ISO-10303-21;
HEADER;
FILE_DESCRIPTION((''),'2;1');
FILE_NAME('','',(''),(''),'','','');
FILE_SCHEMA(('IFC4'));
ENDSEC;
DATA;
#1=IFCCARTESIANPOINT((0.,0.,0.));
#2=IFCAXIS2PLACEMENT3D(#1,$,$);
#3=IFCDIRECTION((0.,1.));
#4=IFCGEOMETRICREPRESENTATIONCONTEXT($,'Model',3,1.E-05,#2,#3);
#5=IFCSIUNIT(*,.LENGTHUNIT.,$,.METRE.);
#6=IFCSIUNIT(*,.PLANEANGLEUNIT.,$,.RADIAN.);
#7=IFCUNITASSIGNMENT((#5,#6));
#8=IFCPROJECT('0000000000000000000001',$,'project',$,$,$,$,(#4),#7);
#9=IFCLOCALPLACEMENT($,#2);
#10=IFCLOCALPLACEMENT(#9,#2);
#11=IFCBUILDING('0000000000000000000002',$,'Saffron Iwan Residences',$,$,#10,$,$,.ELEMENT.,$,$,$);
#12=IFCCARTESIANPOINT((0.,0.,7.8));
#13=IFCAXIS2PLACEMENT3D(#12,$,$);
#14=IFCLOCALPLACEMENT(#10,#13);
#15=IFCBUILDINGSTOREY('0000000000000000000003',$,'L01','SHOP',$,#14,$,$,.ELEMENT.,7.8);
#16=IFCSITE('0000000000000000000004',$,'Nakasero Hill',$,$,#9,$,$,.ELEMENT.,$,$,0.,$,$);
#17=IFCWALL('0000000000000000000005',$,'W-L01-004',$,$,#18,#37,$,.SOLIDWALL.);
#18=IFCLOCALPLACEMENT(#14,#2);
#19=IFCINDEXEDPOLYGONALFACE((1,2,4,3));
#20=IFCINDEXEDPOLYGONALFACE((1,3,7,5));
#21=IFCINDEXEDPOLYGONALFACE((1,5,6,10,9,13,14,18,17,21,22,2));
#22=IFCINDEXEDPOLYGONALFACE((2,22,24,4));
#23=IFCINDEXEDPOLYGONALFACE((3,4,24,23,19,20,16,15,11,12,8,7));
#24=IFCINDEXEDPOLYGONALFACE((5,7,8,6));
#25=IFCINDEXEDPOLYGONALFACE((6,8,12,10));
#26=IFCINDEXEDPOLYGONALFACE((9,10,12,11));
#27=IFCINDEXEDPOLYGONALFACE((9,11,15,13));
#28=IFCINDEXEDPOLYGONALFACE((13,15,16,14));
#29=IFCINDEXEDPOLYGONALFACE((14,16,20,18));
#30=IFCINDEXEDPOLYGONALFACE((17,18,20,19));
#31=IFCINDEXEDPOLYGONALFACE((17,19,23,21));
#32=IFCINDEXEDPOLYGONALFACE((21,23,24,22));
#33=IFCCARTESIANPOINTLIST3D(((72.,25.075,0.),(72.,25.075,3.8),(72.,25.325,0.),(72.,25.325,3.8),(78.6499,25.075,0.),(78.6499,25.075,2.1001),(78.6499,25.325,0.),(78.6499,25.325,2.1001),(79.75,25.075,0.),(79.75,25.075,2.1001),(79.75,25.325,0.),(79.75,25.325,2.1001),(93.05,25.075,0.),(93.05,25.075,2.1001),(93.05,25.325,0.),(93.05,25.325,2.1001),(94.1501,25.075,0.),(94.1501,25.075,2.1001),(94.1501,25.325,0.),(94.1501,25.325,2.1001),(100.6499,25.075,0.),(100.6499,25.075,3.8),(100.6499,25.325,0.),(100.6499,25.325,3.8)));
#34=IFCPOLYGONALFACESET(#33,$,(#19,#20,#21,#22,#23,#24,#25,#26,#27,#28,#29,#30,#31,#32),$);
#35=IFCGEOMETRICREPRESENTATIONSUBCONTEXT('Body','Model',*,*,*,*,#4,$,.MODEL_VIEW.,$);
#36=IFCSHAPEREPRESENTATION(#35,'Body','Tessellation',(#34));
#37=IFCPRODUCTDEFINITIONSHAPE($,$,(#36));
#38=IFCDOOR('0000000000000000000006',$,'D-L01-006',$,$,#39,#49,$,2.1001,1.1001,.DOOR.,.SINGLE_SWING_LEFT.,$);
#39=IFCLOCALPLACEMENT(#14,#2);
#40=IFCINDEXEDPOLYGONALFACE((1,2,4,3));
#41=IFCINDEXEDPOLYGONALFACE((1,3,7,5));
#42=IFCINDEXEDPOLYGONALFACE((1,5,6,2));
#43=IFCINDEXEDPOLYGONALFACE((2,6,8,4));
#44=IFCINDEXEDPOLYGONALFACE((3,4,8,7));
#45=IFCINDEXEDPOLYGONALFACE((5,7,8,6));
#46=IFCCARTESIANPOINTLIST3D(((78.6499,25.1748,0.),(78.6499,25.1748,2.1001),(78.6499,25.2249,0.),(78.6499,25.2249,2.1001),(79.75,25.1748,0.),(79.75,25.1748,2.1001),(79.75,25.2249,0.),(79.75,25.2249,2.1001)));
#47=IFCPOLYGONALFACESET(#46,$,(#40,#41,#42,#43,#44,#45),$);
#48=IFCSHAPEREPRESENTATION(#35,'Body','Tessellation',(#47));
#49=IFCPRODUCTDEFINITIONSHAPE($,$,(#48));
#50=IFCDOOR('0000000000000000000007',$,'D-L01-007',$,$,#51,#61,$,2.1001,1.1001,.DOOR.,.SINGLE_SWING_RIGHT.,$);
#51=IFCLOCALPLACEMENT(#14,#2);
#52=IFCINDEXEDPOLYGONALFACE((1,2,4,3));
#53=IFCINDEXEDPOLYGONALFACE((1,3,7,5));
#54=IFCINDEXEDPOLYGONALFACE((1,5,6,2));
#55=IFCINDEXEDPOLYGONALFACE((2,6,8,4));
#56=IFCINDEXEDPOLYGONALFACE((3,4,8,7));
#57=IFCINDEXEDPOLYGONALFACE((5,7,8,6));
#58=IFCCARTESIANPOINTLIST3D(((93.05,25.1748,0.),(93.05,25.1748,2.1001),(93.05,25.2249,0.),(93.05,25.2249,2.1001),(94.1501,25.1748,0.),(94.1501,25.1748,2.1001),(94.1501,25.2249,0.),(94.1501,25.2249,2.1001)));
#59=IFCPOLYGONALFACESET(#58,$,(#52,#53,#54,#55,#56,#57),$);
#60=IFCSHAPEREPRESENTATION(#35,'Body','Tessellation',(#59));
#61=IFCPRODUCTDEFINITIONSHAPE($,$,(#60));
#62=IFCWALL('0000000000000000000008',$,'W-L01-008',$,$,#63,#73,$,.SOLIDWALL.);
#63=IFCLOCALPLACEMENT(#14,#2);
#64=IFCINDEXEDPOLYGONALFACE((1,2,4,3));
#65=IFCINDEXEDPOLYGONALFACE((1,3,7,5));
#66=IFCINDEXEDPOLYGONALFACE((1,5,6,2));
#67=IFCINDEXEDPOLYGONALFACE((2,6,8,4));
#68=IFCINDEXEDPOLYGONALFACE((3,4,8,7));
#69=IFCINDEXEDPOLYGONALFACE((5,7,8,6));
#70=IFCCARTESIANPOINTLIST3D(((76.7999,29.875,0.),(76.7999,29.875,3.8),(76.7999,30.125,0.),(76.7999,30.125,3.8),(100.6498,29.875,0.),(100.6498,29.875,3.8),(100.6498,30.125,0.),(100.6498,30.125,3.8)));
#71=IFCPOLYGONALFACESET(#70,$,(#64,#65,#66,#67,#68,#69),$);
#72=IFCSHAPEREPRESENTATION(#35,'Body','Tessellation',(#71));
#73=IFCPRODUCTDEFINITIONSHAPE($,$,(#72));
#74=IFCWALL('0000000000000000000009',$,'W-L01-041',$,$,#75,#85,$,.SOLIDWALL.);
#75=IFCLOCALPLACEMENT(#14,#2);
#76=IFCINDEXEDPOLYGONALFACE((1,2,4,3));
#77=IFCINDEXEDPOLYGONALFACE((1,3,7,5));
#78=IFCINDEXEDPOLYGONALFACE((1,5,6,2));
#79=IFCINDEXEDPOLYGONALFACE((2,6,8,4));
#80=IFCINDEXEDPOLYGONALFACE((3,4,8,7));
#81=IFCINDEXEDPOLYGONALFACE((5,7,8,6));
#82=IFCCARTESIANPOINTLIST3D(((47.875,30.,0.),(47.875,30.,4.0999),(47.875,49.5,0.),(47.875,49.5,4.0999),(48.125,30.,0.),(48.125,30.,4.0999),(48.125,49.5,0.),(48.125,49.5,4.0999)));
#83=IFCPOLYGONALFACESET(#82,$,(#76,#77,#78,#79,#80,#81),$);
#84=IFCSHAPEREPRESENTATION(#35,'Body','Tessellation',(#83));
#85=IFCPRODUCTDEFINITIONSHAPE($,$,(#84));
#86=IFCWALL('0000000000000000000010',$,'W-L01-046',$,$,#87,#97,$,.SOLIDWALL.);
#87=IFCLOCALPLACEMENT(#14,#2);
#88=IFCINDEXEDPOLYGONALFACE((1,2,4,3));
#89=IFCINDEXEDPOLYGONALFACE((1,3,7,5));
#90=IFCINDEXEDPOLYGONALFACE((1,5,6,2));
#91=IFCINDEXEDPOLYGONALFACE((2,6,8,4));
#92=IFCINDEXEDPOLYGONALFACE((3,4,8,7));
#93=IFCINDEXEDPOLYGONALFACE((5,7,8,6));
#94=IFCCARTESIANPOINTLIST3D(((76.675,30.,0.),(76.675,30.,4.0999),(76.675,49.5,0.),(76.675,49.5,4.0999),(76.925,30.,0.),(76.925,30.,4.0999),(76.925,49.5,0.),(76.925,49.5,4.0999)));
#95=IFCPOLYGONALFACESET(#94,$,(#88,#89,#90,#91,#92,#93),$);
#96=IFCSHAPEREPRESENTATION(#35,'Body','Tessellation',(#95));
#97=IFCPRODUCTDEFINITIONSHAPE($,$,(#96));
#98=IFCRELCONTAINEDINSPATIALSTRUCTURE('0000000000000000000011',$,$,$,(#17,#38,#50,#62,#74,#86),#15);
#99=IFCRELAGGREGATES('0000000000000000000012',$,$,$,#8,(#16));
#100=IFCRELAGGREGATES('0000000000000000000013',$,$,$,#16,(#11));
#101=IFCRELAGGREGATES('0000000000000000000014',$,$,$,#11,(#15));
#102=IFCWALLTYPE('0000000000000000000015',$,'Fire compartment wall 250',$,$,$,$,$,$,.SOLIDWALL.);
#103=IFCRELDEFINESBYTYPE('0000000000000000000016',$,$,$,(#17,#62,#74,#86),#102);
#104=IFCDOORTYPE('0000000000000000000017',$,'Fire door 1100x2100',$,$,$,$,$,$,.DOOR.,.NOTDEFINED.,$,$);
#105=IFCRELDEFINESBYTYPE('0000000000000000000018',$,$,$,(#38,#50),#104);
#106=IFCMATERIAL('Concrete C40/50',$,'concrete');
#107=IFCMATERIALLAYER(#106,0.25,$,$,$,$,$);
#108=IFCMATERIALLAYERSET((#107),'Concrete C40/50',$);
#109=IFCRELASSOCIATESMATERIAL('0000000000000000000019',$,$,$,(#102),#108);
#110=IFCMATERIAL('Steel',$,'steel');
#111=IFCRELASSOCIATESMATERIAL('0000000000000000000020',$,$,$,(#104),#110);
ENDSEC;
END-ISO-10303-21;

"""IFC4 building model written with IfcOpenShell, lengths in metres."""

from ifc_helpers import new_model, si_unit, direction, frame, frame_2d, origin, place, context, subcontext, project, spatial, rectangle, extrude, material, layer, layer_set, type_object, element, fill, save


model = new_model("IFC4")

# Units and contexts
model_context = context("Model", 3, precision=1e-05, world=origin(), true_north=direction((0.0, 1.0)))
body_context = subcontext(model_context, "Body", "Model", "MODEL_VIEW")
ifc_project = project(units=[si_unit("LENGTHUNIT", "METRE"), si_unit("PLANEANGLEUNIT", "RADIAN")], contexts=[model_context])

# Site, building, storey
site_placement = place(None, origin())
site = spatial("IfcSite", under=ifc_project, at=site_placement, Name="Nakasero Hill", CompositionType="ELEMENT", RefElevation=0.0)
building_placement = place(site_placement, origin())
building = spatial("IfcBuilding", under=site, at=building_placement, Name="Saffron Iwan Residences", CompositionType="ELEMENT")
storey_placement = place(building_placement, frame((0.0, 0.0, 7.8)))
storey = spatial("IfcBuildingStorey", under=building, at=storey_placement, Name="L01", Description="SHOP", CompositionType="ELEMENT", Elevation=7.8)

# Wall, openings, doors
ifc_material_1 = material(Name="Concrete C40/50", Category="concrete")
ifc_layer_1 = layer(ifc_material_1, 0.25)
ifc_layer_set_1 = layer_set([ifc_layer_1], Name="Concrete C40/50")
wall_type_1 = type_object("IfcWallType", Name="Fire compartment wall 250", PredefinedType="SOLIDWALL", material=ifc_layer_set_1)
wall_1_placement = place(storey_placement, frame((72.0, 25.2, 0.0), z_axis=(0.0, 0.0, 1.0), x_axis=(1.0, 0.0, 0.0)))
wall_1 = element("IfcWall", 1, at=wall_1_placement, inside=storey, type_object=wall_type_1, Name="W-L01-004", PredefinedType="SOLIDWALL", context=body_context, shape_type="SweptSolid", body=[
    extrude(rectangle(XDim=28.6499, YDim=0.25, at=frame_2d((14.325, 0.0))), origin(), (0.0, 0.0, 1.0), 3.8),
])
opening_1_placement = place(wall_1_placement, frame((6.6499, 0.0, 0.0)))
opening_1 = element("IfcOpeningElement", 2, at=opening_1_placement, cuts=wall_1, PredefinedType="OPENING", context=body_context, shape_type="SweptSolid", body=[
    extrude(rectangle(XDim=1.1001, YDim=2.1001, at=frame_2d((0.55, 1.05))), frame((0.0, 0.135, 0.0), z_axis=(0.0, -1.0, 0.0), x_axis=(1.0, 0.0, 0.0)), (0.0, 0.0, 1.0), 0.27),
])
opening_2_placement = place(wall_1_placement, frame((21.05, 0.0, 0.0)))
opening_2 = element("IfcOpeningElement", 3, at=opening_2_placement, cuts=wall_1, PredefinedType="OPENING", context=body_context, shape_type="SweptSolid", body=[
    extrude(rectangle(XDim=1.1001, YDim=2.1001, at=frame_2d((0.55, 1.05))), frame((0.0, 0.135, 0.0), z_axis=(0.0, -1.0, 0.0), x_axis=(1.0, 0.0, 0.0)), (0.0, 0.0, 1.0), 0.27),
])
ifc_material_2 = material(Name="Steel", Category="steel")
door_type = type_object("IfcDoorType", Name="Fire door 1100x2100", OperationType="NOTDEFINED", PredefinedType="DOOR", material=ifc_material_2)
door_1_placement = place(opening_1_placement, origin())
door_1 = element("IfcDoor", 4, at=door_1_placement, inside=storey, type_object=door_type, Name="D-L01-006", OperationType="SINGLE_SWING_LEFT", OverallHeight=2.1001, OverallWidth=1.1001, PredefinedType="DOOR", context=body_context, shape_type="SweptSolid", body=[
    extrude(rectangle(XDim=1.1001, YDim=2.1001, at=frame_2d((0.55, 1.05))), frame((0.0, 0.0249, 0.0), z_axis=(0.0, -1.0, 0.0), x_axis=(1.0, 0.0, 0.0)), (0.0, 0.0, 1.0), 0.05),
])
fill(opening_1, door_1)
door_2_placement = place(opening_2_placement, origin())
door_2 = element("IfcDoor", 5, at=door_2_placement, inside=storey, type_object=door_type, Name="D-L01-007", OperationType="SINGLE_SWING_RIGHT", OverallHeight=2.1001, OverallWidth=1.1001, PredefinedType="DOOR", context=body_context, shape_type="SweptSolid", body=[
    extrude(rectangle(XDim=1.1001, YDim=2.1001, at=frame_2d((0.55, 1.05))), frame((0.0, 0.0249, 0.0), z_axis=(0.0, -1.0, 0.0), x_axis=(1.0, 0.0, 0.0)), (0.0, 0.0, 1.0), 0.05),
])
fill(opening_2, door_2)

# Walls
wall_2_placement = place(storey_placement, frame((76.8, 30.0, 0.0), z_axis=(0.0, 0.0, 1.0), x_axis=(1.0, 0.0, 0.0)))
element("IfcWall", 6, at=wall_2_placement, inside=storey, type_object=wall_type_1, Name="W-L01-008", PredefinedType="SOLIDWALL", context=body_context, shape_type="SweptSolid", body=[
    extrude(rectangle(XDim=23.8499, YDim=0.25, at=frame_2d((11.9248, 0.0))), origin(), (0.0, 0.0, 1.0), 3.8),
])
for number, where, z_axis, x_axis, name in (
    (7, (48.0, 30.0, 0.0), (0.0, 0.0, 1.0), (0.0, 1.0, 0.0), "W-L01-041"),
    (8, (76.8, 30.0, 0.0), (0.0, 0.0, 1.0), (0.0, 1.0, 0.0), "W-L01-046"),
):
    element("IfcWall", number, at=place(storey_placement, frame(where, z_axis=z_axis, x_axis=x_axis)), inside=storey, type_object=wall_type_1, Name=name, PredefinedType="SOLIDWALL", context=body_context, shape_type="SweptSolid", body=[
        extrude(rectangle(XDim=19.5, YDim=0.25, at=frame_2d((9.75, 0.0))), origin(), (0.0, 0.0, 1.0), 4.0999),
    ])

save(model, "model.ifc")
